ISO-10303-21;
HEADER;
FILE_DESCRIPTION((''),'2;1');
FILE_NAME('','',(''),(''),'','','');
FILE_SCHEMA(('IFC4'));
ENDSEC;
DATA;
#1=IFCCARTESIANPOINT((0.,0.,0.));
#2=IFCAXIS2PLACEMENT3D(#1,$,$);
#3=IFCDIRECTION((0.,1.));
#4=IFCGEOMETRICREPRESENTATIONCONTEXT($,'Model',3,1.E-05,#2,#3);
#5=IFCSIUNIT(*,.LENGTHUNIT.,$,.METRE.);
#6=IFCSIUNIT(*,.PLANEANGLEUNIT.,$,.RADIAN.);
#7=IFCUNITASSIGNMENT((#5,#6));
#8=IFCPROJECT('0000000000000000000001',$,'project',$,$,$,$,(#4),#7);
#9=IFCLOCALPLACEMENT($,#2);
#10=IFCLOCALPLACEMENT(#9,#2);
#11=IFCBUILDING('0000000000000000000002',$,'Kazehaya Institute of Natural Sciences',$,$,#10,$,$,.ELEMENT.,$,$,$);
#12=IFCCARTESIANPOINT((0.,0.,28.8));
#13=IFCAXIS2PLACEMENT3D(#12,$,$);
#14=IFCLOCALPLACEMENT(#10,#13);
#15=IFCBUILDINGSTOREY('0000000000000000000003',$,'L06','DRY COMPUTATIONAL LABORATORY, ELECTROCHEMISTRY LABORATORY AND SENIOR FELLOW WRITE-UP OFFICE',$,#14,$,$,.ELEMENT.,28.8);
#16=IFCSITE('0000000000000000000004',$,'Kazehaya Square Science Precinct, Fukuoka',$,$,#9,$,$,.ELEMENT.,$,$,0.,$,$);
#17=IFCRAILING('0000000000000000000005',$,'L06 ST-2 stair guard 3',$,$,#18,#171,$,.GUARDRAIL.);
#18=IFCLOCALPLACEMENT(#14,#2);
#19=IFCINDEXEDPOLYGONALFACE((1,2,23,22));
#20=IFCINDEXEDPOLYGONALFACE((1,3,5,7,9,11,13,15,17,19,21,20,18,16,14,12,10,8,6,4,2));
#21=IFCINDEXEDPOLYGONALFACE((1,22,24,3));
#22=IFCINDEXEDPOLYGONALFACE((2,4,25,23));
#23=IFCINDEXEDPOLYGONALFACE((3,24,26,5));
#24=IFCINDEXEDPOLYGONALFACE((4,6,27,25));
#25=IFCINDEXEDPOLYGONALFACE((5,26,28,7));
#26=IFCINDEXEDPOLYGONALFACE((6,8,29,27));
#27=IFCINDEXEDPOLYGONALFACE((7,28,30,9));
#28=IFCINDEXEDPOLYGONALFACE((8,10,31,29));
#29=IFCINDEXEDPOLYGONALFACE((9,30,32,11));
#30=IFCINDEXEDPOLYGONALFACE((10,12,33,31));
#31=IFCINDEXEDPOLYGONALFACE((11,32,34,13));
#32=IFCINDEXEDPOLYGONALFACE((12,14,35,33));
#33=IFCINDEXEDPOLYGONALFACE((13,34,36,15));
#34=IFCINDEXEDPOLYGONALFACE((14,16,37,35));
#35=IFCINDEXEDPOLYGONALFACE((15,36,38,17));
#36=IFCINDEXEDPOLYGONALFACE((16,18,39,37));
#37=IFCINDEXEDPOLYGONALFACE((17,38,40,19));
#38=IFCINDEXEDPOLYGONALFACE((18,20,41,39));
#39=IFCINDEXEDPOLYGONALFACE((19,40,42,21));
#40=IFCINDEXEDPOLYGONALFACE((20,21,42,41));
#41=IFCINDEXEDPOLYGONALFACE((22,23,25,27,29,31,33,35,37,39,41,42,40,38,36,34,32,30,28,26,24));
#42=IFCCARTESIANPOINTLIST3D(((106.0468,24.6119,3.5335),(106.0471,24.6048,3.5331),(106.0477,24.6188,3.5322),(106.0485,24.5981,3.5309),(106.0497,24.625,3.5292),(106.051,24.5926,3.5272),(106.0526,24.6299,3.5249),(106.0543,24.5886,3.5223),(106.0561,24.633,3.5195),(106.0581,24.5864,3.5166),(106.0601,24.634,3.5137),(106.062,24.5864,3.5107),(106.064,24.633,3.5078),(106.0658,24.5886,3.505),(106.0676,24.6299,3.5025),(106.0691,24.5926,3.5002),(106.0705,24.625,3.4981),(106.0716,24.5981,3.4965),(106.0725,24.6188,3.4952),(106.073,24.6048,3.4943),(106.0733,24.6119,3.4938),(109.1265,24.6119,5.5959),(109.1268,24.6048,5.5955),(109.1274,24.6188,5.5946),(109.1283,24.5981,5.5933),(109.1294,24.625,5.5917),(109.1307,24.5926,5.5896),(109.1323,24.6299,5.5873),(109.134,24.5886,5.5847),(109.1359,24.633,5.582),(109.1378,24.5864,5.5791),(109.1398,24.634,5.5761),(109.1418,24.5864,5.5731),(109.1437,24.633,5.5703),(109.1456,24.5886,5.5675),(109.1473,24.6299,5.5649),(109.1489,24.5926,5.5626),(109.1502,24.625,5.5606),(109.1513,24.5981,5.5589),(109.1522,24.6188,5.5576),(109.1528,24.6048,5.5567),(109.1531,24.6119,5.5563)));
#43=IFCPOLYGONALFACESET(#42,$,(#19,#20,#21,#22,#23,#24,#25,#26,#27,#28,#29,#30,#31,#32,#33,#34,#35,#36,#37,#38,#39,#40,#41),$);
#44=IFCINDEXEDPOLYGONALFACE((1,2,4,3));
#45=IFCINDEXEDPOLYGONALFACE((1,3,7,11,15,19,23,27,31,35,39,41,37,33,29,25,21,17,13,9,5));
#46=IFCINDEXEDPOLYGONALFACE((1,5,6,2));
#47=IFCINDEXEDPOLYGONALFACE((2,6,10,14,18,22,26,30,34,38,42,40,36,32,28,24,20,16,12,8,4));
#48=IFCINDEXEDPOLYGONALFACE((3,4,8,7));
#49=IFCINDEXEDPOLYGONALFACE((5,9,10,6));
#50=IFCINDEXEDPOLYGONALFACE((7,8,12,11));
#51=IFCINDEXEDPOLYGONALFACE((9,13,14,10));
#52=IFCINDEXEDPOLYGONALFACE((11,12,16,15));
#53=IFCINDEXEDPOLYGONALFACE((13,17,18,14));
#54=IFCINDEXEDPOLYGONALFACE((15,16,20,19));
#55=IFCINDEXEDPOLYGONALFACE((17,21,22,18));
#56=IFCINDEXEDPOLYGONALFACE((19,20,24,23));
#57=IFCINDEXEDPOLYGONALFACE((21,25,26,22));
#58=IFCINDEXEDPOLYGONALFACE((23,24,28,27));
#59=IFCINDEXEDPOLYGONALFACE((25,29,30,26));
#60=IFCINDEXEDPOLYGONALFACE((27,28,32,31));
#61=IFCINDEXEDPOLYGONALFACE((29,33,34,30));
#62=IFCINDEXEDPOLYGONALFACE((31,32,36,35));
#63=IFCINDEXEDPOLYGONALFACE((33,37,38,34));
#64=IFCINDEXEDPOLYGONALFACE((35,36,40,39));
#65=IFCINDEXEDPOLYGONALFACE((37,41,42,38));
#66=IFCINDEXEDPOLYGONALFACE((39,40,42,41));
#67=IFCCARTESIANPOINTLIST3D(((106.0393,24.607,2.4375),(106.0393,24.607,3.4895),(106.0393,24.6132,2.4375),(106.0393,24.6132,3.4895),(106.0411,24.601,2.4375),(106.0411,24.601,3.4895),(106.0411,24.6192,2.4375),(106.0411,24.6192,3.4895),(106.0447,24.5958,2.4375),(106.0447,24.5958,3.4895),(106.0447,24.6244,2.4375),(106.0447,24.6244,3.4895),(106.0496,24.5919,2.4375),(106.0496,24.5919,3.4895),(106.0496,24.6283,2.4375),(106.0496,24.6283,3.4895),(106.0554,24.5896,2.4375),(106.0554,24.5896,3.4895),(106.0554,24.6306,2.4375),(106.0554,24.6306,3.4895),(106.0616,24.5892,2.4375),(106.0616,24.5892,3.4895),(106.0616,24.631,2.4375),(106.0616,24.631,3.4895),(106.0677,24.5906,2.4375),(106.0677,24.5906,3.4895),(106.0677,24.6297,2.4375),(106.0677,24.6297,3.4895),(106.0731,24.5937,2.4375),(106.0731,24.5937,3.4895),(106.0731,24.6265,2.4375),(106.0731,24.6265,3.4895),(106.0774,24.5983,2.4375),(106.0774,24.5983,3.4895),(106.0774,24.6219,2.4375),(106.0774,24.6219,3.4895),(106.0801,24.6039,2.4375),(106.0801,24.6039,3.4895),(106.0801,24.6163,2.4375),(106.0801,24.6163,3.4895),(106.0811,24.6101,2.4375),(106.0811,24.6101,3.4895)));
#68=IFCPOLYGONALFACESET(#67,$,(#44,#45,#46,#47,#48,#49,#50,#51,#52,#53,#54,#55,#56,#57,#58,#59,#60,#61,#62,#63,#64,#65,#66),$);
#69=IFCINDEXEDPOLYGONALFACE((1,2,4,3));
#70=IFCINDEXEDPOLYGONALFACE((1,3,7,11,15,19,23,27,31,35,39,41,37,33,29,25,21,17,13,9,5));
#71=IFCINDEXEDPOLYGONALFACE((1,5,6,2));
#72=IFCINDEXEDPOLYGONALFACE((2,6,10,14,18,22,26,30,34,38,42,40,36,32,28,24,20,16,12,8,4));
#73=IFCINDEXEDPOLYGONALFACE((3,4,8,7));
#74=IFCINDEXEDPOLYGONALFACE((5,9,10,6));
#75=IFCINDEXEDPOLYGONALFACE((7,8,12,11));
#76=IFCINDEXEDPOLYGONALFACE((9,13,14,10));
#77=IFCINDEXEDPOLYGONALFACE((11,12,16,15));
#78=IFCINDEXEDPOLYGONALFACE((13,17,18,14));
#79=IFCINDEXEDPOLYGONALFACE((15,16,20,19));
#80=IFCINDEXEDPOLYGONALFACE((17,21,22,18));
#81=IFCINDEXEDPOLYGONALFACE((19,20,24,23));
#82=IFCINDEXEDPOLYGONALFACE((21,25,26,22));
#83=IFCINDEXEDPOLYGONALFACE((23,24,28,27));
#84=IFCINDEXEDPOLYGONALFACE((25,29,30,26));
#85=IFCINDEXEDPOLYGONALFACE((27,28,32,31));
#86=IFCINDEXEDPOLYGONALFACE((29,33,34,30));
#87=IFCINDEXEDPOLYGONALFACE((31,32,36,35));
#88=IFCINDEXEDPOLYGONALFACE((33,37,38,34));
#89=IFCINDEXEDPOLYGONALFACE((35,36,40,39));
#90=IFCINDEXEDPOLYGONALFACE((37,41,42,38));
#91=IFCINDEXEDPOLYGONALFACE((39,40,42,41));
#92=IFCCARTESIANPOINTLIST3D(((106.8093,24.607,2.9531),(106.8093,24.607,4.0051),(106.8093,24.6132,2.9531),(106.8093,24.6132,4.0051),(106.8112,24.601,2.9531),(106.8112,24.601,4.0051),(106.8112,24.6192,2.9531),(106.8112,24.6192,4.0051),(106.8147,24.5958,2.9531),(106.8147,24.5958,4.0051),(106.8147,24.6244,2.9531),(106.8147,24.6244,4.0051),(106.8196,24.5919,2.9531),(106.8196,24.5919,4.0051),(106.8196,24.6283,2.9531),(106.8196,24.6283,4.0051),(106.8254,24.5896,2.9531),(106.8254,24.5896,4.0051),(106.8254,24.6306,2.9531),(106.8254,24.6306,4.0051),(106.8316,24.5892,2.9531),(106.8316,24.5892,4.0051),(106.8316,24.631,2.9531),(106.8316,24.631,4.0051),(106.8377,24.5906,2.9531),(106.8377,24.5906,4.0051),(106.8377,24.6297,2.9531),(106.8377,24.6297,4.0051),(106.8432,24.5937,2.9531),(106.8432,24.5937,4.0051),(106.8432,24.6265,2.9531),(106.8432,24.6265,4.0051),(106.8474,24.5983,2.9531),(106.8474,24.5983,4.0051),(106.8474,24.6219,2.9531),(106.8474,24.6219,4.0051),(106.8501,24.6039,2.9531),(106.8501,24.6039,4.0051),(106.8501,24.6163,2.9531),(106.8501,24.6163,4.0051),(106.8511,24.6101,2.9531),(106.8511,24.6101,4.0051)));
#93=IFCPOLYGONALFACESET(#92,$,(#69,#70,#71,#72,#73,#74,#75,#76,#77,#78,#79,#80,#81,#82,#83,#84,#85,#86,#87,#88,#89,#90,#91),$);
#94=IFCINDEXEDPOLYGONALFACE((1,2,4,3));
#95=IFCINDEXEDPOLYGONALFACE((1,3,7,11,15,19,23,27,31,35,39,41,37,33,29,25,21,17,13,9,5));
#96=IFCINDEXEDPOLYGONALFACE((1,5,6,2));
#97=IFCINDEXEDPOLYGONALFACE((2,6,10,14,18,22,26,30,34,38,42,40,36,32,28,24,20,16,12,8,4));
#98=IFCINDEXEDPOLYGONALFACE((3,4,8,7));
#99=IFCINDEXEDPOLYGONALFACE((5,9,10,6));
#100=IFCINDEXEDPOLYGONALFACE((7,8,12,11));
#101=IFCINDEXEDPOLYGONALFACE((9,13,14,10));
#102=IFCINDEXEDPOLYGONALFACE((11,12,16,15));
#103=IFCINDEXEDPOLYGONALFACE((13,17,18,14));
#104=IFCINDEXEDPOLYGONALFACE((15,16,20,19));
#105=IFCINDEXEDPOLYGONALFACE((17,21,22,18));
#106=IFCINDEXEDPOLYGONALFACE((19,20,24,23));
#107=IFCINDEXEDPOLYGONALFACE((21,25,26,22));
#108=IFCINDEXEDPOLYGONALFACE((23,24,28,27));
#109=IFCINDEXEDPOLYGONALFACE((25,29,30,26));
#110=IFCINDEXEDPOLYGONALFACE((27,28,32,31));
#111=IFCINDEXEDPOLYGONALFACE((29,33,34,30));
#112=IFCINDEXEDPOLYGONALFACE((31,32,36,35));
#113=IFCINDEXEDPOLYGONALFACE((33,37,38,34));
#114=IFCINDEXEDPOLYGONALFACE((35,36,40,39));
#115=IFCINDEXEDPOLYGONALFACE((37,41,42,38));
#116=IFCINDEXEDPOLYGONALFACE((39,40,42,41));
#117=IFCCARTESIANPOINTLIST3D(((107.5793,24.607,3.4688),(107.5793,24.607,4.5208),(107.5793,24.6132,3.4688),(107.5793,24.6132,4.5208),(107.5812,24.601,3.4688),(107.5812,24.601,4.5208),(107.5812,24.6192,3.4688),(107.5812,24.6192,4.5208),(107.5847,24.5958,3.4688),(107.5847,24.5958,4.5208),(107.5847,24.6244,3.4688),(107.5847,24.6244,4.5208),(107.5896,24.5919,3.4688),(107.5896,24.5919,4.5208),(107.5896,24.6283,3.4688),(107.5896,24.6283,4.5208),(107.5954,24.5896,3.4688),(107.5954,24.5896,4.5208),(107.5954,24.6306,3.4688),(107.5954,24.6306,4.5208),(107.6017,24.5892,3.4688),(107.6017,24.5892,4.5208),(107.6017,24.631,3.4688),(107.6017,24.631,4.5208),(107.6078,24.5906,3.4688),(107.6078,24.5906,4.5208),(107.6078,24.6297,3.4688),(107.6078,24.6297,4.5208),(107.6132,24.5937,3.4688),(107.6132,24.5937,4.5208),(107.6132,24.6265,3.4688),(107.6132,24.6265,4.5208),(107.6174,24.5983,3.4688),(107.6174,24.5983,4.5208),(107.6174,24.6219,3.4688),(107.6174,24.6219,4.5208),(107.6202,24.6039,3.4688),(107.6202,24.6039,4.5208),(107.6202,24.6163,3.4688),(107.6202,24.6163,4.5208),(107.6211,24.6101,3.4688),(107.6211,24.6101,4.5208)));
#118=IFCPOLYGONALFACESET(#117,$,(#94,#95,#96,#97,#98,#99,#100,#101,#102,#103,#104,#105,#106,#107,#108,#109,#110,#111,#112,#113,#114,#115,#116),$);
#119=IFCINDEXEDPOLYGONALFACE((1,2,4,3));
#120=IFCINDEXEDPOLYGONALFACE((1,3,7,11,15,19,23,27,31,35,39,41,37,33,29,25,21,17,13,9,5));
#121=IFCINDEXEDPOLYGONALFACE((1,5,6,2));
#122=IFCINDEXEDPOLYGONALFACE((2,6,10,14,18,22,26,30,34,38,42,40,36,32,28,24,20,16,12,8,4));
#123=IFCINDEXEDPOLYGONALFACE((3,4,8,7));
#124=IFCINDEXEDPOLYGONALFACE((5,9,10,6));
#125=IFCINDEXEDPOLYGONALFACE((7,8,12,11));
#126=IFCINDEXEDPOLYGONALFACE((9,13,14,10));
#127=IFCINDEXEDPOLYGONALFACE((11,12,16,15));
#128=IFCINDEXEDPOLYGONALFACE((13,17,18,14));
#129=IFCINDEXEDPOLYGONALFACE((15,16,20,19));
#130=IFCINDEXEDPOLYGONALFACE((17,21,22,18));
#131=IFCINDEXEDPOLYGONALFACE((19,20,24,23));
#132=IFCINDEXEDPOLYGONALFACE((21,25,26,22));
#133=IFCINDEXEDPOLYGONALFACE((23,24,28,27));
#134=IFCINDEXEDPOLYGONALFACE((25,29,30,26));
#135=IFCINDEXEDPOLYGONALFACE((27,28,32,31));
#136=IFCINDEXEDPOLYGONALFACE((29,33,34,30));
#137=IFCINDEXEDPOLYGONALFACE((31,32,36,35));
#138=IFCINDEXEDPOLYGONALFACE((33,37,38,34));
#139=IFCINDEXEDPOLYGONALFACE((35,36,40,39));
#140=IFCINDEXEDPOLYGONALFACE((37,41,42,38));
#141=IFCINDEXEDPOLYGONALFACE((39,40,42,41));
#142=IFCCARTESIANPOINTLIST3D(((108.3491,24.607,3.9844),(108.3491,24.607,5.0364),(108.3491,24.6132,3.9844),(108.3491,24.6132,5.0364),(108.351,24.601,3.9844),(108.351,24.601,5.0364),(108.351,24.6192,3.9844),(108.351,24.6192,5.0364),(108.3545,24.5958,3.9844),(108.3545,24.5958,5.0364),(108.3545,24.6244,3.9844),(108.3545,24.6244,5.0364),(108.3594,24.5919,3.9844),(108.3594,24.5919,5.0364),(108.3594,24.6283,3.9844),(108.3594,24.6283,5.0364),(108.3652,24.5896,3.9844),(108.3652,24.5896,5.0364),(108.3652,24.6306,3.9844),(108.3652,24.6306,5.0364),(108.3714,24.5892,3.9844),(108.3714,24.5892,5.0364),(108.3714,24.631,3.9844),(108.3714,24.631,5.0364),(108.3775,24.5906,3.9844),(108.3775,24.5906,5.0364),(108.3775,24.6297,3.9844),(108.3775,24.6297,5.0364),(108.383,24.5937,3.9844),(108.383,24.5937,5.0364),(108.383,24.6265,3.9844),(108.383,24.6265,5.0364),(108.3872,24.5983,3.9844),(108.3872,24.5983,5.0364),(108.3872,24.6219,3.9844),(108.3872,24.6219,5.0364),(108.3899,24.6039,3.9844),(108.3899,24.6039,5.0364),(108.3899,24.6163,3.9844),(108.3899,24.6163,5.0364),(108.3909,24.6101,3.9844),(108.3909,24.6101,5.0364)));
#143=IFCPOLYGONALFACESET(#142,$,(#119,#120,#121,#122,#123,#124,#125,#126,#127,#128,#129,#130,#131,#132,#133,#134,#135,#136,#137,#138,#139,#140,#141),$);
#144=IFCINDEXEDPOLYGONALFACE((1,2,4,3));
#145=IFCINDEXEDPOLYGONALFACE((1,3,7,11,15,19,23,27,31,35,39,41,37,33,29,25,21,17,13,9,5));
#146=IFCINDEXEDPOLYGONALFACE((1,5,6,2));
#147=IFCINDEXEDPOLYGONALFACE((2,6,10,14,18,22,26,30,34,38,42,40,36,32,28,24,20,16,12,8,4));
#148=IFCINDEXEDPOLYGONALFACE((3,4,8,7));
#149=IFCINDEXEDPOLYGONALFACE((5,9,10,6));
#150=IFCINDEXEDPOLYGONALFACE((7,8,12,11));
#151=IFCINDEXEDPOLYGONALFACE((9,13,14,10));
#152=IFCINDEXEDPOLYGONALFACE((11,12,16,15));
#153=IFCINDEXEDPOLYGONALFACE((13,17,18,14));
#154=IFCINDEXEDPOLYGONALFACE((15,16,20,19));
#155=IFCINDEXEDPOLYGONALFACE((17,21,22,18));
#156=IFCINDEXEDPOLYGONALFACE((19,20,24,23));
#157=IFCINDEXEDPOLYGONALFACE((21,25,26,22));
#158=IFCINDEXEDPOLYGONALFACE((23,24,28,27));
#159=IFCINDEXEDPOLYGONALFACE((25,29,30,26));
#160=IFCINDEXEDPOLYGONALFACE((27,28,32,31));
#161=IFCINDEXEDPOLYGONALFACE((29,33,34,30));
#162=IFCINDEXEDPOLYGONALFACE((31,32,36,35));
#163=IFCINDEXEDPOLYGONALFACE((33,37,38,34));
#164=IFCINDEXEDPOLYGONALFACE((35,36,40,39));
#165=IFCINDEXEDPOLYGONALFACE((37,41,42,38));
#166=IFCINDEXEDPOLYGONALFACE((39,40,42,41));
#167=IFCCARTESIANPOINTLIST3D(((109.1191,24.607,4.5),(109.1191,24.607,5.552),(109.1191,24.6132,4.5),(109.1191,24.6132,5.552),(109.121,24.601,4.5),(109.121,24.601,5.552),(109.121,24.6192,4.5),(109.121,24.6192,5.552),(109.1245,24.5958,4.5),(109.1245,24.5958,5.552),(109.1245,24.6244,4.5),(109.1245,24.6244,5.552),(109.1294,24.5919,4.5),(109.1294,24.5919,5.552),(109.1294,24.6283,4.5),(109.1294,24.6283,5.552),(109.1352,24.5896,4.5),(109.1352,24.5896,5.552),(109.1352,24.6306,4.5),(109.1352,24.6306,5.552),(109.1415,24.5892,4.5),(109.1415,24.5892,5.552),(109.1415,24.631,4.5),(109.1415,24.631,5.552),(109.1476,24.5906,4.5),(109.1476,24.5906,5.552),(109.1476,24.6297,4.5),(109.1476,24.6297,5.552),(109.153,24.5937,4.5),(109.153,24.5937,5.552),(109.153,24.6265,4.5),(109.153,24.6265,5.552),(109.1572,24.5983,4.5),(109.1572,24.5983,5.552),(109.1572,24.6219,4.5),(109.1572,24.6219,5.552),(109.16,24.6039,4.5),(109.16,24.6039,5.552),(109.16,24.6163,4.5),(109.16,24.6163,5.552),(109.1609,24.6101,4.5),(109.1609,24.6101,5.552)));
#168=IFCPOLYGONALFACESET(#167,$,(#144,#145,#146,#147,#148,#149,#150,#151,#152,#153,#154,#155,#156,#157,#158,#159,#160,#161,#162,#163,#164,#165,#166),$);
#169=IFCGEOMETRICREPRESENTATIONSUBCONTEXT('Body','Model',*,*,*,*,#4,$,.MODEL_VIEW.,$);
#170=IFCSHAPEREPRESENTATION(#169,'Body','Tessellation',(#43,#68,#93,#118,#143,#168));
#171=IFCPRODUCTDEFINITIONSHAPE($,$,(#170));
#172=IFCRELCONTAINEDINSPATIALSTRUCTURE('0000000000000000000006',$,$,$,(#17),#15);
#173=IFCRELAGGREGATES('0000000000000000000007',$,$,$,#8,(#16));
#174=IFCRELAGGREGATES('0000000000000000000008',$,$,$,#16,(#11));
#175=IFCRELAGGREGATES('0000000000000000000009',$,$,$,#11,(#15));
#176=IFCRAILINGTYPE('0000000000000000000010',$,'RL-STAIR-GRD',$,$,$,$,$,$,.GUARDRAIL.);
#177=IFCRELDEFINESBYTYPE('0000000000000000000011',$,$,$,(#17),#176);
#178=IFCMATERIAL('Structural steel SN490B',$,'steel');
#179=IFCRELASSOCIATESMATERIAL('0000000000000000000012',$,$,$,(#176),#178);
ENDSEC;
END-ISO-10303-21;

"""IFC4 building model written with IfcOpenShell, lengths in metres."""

from ifc_helpers import new_model, si_unit, direction, frame, origin, origin_2d, place, context, subcontext, project, spatial, circle, extrude, material, type_object, element, save


model = new_model("IFC4")

# Units and contexts
model_context = context("Model", 3, precision=1e-05, world=origin(), true_north=direction((0.0, 1.0)))
body_context = subcontext(model_context, "Body", "Model", "MODEL_VIEW")
ifc_project = project(units=[si_unit("LENGTHUNIT", "METRE"), si_unit("PLANEANGLEUNIT", "RADIAN")], contexts=[model_context])

# Site, building, storey
site_placement = place(None, origin())
site = spatial("IfcSite", under=ifc_project, at=site_placement, Name="Kazehaya Square Science Precinct, Fukuoka", CompositionType="ELEMENT", RefElevation=0.0)
building_placement = place(site_placement, origin())
building = spatial("IfcBuilding", under=site, at=building_placement, Name="Kazehaya Institute of Natural Sciences", CompositionType="ELEMENT")
storey_placement = place(building_placement, frame((0.0, 0.0, 28.8)))
storey = spatial("IfcBuildingStorey", under=building, at=storey_placement, Name="L06", Description="DRY COMPUTATIONAL LABORATORY, ELECTROCHEMISTRY LABORATORY AND SENIOR FELLOW WRITE-UP OFFICE", CompositionType="ELEMENT", Elevation=28.8)

# Railing
ifc_material_1 = material(Name="Structural steel SN490B", Category="steel")
railing_type_1 = type_object("IfcRailingType", Name="RL-STAIR-GRD", PredefinedType="GUARDRAIL", material=ifc_material_1)
railing_1_placement = place(storey_placement, frame((106.0601, 24.6101, 2.4375)))
element("IfcRailing", 1, at=railing_1_placement, inside=storey, type_object=railing_type_1, Name="L06 ST-2 stair guard 3", PredefinedType="GUARDRAIL", context=body_context, shape_type="SweptSolid", body=[
    extrude(circle(Radius=0.0239, at=origin_2d()), frame((0.0, 0.0, 1.0762), z_axis=(0.830893, 0.0, 0.556432), x_axis=(0.0, 1.0, 0.0)), (0.0, 0.0, 1.0), 3.7065),
    extrude(circle(Radius=0.021, at=origin_2d()), origin(), (0.0, 0.0, 1.0), 1.052),
    extrude(circle(Radius=0.021, at=origin_2d()), frame((0.77, 0.0, 0.5156)), (0.0, 0.0, 1.0), 1.052),
    extrude(circle(Radius=0.021, at=origin_2d()), frame((1.54, 0.0, 1.0312)), (0.0, 0.0, 1.0), 1.052),
    extrude(circle(Radius=0.021, at=origin_2d()), frame((2.3098, 0.0, 1.5469)), (0.0, 0.0, 1.0), 1.052),
    extrude(circle(Radius=0.021, at=origin_2d()), frame((3.0798, 0.0, 2.0625)), (0.0, 0.0, 1.0), 1.052),
])

save(model, "model.ifc")
